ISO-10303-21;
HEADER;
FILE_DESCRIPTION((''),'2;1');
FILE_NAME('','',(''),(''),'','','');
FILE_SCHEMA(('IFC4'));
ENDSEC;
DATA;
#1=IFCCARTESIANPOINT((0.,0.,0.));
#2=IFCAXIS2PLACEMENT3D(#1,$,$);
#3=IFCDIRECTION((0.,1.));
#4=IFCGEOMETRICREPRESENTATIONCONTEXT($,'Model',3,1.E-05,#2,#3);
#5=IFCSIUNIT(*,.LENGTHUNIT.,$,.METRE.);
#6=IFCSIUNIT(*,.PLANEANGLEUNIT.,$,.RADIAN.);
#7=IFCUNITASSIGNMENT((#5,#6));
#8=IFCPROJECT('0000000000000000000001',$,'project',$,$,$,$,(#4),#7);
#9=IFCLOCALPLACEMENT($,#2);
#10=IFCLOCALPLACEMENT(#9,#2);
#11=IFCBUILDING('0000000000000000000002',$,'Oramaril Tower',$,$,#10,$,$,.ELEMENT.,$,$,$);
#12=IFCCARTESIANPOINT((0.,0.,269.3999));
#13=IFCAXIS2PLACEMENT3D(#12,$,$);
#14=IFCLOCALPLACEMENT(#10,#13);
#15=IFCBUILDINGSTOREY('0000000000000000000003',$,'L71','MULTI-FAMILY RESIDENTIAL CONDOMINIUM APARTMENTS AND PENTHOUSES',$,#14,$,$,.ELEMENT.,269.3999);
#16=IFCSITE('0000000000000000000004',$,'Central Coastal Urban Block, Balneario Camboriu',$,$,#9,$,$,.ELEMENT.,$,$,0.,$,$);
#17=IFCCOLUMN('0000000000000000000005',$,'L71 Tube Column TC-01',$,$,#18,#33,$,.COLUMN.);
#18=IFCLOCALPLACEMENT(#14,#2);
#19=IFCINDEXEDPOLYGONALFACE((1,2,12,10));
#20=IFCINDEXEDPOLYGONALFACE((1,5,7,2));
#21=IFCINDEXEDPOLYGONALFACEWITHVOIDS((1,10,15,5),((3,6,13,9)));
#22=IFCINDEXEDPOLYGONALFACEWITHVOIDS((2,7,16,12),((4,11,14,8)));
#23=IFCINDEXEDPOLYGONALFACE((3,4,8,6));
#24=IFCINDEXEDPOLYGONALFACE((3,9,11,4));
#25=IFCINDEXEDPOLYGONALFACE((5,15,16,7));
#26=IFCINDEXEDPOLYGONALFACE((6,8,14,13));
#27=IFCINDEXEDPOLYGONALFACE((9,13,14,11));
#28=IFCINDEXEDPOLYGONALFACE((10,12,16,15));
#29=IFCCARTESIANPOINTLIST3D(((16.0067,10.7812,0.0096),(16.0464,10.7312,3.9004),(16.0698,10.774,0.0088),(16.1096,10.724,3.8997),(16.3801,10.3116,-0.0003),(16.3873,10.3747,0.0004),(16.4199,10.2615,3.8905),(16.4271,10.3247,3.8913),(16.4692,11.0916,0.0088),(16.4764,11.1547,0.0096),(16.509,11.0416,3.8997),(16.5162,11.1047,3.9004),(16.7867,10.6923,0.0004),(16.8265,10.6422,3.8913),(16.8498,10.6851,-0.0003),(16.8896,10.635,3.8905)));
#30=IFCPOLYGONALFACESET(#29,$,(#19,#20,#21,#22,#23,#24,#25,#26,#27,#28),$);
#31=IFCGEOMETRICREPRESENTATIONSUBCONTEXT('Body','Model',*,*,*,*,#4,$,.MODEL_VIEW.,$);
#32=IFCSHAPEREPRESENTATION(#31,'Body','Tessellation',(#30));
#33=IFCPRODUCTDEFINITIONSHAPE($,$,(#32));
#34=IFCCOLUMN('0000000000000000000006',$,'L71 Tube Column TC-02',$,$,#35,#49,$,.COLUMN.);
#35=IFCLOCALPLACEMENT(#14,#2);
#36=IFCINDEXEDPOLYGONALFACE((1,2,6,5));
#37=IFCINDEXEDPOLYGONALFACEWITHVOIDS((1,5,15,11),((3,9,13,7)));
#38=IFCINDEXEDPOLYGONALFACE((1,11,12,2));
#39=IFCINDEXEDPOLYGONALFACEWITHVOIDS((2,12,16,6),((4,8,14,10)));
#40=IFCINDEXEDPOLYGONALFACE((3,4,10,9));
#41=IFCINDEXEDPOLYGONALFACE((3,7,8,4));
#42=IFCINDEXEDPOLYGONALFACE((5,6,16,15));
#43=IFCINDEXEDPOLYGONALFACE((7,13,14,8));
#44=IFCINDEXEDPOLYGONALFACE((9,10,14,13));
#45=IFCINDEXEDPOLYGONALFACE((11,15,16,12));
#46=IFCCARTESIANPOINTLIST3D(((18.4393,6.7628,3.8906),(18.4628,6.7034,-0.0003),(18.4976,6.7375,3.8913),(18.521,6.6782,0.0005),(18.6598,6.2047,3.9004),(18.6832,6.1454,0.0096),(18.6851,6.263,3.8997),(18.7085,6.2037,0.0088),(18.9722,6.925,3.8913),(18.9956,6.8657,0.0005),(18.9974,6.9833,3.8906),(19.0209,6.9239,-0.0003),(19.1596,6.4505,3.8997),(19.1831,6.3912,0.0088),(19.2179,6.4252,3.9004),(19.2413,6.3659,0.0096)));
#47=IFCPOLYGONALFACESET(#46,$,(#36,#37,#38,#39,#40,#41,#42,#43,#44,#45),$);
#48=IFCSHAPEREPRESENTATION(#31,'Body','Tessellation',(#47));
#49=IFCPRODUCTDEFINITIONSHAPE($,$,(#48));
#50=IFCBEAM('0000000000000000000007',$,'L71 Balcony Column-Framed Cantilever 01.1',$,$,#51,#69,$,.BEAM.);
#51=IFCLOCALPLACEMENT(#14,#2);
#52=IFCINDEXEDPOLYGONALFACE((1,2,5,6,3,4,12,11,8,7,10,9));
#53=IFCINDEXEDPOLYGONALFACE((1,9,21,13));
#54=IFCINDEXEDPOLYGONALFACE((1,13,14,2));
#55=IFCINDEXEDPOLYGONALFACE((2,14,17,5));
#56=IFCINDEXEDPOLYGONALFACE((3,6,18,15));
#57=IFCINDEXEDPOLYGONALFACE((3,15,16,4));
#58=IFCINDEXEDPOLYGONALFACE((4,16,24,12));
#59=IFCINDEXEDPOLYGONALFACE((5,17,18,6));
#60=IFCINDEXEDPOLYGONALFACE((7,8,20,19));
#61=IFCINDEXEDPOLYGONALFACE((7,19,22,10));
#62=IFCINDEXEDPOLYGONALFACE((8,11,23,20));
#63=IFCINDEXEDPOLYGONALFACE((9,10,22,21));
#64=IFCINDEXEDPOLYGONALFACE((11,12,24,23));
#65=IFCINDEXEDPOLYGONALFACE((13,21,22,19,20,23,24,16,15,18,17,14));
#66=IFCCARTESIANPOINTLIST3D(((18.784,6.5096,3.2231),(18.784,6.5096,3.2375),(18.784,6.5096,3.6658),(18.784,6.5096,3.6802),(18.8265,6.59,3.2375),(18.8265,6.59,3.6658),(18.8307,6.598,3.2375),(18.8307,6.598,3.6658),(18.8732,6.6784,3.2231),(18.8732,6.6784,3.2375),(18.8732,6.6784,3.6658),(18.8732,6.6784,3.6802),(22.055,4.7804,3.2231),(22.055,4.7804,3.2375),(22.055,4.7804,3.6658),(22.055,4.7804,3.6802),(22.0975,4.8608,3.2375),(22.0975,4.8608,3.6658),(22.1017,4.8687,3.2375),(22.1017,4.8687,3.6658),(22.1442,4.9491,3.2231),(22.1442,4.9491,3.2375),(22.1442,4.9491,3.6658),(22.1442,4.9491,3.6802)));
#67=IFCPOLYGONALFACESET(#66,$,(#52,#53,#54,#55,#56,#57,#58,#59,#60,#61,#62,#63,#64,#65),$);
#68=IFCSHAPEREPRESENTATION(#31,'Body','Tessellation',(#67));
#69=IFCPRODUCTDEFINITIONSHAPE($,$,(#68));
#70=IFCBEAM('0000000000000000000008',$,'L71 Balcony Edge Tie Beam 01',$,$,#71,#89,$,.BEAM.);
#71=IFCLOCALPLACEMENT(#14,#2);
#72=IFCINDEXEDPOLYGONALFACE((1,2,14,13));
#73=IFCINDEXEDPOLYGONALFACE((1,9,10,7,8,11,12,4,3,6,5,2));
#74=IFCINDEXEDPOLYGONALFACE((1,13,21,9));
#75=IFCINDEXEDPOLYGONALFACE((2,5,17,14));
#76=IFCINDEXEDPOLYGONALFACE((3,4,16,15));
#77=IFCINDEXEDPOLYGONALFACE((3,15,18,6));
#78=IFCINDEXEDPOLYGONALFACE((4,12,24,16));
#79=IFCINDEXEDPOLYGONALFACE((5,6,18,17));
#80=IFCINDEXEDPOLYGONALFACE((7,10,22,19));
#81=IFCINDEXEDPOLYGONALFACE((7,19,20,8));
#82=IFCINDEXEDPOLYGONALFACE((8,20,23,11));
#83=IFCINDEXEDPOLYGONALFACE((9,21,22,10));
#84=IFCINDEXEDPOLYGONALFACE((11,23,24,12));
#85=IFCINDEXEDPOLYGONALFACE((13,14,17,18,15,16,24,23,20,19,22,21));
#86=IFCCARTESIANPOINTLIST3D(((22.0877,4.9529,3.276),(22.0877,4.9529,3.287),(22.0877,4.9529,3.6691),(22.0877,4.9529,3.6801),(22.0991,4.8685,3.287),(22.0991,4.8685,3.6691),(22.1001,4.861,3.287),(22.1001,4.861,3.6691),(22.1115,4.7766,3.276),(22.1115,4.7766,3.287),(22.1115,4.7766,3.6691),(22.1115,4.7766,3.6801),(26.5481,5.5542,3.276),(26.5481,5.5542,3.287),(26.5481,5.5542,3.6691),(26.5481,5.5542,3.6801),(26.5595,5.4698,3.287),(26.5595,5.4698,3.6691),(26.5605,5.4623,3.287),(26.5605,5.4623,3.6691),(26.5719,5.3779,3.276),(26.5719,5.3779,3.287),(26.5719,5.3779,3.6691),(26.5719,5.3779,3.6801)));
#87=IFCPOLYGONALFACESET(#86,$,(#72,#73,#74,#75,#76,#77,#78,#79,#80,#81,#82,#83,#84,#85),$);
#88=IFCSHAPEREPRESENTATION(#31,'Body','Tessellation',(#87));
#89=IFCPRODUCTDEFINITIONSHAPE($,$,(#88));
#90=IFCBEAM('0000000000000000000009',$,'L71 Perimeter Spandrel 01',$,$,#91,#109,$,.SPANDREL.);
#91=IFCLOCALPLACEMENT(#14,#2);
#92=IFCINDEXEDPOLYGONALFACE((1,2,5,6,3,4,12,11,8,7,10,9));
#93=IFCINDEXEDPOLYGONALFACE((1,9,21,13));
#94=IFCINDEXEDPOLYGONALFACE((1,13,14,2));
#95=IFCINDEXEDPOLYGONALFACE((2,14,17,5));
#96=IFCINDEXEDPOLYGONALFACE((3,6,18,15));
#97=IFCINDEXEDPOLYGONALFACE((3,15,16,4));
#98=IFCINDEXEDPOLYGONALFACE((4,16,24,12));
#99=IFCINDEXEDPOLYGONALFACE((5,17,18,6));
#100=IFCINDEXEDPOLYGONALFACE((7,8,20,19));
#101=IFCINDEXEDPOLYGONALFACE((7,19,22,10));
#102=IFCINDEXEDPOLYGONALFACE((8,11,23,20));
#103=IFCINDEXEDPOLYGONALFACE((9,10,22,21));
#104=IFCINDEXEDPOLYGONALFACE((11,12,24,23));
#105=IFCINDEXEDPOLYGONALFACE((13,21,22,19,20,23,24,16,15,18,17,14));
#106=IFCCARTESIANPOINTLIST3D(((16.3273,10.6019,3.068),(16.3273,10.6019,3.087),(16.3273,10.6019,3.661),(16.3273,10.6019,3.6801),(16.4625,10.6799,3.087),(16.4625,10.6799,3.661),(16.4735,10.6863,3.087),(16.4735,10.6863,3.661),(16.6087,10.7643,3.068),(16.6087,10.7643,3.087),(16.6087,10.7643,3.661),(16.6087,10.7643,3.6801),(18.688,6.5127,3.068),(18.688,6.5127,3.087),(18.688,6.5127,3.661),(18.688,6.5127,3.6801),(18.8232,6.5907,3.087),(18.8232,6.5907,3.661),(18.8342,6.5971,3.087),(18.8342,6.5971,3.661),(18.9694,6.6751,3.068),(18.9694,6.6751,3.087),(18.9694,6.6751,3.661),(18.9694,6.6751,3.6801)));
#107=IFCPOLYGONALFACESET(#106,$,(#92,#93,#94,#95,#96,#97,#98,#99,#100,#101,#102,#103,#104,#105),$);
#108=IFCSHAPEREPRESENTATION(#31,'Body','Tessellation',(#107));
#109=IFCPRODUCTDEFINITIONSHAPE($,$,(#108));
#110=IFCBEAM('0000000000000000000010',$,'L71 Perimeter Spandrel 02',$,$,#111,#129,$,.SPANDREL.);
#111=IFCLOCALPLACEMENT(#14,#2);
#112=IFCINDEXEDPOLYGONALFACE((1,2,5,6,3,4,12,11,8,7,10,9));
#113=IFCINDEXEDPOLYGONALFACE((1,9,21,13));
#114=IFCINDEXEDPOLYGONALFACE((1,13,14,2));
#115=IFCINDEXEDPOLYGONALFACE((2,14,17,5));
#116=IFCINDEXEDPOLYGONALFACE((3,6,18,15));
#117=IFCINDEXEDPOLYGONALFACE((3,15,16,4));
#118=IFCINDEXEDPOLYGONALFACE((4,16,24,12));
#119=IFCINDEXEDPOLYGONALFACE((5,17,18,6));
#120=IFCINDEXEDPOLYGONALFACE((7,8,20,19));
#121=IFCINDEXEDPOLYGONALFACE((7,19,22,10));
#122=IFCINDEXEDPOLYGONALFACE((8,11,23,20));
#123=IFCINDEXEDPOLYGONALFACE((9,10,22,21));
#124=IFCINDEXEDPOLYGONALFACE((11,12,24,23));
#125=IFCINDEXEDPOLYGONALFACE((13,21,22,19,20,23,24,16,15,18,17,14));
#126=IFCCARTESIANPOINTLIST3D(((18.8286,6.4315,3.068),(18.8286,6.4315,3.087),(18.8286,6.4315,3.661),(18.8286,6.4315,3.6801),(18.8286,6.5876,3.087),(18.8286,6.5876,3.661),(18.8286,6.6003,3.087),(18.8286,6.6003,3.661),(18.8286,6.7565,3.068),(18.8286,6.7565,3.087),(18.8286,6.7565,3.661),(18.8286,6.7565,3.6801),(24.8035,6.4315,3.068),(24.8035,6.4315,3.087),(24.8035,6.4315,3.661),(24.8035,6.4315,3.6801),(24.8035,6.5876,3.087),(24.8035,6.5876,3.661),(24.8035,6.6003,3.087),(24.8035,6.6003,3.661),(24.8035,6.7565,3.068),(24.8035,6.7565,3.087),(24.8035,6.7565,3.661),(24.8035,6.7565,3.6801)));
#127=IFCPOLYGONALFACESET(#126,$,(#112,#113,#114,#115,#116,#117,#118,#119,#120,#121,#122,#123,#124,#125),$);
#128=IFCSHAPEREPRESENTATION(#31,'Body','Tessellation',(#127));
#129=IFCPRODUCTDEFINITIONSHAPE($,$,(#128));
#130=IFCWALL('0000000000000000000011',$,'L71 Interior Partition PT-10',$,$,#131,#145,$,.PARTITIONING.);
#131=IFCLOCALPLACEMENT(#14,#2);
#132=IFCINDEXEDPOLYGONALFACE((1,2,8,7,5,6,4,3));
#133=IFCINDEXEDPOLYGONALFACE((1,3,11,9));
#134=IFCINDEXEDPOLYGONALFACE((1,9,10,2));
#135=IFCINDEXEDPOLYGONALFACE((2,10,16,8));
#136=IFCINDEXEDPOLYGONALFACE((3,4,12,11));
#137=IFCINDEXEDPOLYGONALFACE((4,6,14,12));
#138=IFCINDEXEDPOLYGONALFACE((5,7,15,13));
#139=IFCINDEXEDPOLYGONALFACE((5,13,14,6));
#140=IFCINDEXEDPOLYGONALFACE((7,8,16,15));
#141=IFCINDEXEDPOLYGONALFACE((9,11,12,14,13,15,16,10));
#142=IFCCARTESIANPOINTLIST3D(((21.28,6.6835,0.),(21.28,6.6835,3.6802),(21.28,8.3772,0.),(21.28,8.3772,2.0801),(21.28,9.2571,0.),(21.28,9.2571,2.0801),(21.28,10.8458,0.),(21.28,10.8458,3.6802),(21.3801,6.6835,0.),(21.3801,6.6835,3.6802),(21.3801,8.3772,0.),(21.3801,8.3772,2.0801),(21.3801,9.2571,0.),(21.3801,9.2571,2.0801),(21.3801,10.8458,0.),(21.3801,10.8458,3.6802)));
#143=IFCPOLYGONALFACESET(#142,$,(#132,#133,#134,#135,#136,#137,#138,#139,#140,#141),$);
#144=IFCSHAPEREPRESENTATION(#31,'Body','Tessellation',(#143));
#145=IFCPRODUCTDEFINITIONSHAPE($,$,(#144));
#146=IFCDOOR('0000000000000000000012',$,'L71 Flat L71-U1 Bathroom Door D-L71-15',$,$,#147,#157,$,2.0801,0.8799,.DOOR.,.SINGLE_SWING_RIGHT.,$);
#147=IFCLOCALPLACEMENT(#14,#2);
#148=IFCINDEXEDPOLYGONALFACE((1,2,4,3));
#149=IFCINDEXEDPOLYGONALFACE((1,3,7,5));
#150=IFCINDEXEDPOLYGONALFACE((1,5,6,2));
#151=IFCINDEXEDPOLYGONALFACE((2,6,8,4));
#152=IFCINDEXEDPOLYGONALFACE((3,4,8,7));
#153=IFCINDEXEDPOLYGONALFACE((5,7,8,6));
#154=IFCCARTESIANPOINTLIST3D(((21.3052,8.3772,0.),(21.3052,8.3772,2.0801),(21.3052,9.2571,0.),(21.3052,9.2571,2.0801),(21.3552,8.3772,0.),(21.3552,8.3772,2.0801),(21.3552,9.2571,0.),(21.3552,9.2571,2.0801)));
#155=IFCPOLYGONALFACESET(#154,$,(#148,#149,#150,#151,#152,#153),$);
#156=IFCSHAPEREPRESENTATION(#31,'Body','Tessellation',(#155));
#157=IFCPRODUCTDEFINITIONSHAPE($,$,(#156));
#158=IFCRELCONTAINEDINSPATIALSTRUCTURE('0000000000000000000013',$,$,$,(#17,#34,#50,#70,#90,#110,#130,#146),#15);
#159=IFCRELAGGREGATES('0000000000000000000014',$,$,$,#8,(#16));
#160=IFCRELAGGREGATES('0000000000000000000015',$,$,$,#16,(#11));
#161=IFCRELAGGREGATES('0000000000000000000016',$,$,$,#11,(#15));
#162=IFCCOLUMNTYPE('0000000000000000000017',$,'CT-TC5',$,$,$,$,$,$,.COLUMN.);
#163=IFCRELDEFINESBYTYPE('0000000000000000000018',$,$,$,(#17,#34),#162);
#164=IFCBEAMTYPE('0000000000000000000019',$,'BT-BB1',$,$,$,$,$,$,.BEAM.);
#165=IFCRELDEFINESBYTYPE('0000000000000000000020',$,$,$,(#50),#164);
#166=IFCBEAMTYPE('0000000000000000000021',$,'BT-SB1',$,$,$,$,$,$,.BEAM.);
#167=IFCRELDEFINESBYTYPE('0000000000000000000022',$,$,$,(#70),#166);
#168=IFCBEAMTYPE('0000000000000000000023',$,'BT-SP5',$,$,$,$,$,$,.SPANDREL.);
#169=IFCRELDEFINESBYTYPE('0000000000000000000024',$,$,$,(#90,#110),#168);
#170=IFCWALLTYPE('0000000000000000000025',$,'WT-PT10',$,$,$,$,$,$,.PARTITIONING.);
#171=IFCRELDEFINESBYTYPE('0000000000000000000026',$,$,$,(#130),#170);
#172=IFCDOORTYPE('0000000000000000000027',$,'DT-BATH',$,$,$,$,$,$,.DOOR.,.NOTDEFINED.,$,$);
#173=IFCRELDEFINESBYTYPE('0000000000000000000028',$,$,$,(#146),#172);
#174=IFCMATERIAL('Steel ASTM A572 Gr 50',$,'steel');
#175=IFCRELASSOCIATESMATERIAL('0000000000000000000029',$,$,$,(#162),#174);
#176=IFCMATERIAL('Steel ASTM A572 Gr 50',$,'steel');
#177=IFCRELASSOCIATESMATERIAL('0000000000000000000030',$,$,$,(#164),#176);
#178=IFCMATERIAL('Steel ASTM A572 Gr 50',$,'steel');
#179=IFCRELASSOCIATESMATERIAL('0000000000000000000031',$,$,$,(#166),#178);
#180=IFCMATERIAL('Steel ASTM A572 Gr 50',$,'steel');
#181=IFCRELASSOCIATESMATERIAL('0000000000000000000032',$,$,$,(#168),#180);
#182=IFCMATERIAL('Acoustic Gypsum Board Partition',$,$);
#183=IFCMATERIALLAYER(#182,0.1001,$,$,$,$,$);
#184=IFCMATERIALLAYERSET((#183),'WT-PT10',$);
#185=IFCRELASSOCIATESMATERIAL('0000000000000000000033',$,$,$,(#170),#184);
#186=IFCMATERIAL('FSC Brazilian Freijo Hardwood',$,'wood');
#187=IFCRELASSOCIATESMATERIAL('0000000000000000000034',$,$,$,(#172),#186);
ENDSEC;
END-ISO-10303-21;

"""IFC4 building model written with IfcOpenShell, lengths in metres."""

from ifc_helpers import new_model, si_unit, direction, frame, frame_2d, origin, origin_2d, place, context, subcontext, project, spatial, rectangle, hollow_rectangle, i_section, extrude, material, layer, layer_set, material_profile, profile_set, type_object, element, fill, save


model = new_model("IFC4")

# Units and contexts
model_context = context("Model", 3, precision=1e-05, world=origin(), true_north=direction((0.0, 1.0)))
body_context = subcontext(model_context, "Body", "Model", "MODEL_VIEW")
ifc_project = project(units=[si_unit("LENGTHUNIT", "METRE"), si_unit("PLANEANGLEUNIT", "RADIAN")], contexts=[model_context])

# Site, building, storey
site_placement = place(None, origin())
site = spatial("IfcSite", under=ifc_project, at=site_placement, Name="Central Coastal Urban Block, Balneario Camboriu", CompositionType="ELEMENT", RefElevation=0.0)
building_placement = place(site_placement, origin())
building = spatial("IfcBuilding", under=site, at=building_placement, Name="Oramaril Tower", CompositionType="ELEMENT")
storey_placement = place(building_placement, frame((0.0, 0.0, 269.3999)))
storey = spatial("IfcBuildingStorey", under=building, at=storey_placement, Name="L71", Description="MULTI-FAMILY RESIDENTIAL CONDOMINIUM APARTMENTS AND PENTHOUSES", CompositionType="ELEMENT", Elevation=269.3999)

# Columns
ifc_material_1 = material(Name="Steel ASTM A572 Gr 50", Category="steel")
ifc_material_profile_1 = material_profile(ifc_material_1, hollow_rectangle(XDim=0.6001, YDim=0.6001, WallThickness=0.0449, at=origin_2d()), Name="BOX600X600X45")
ifc_profile_set_1 = profile_set([ifc_material_profile_1], Name="Steel ASTM A572 Gr 50")
column_type = type_object("IfcColumnType", Name="CT-TC5", PredefinedType="COLUMN", material=ifc_profile_set_1)
for number, where, z_axis, x_axis, name in (
    (1, (16.4282, 10.7332, 0.0046), (0.010226, -0.012861, 0.999865), (0.782728, 0.622364, 0.0), "L71 Tube Column TC-01"),
    (2, (18.8521, 6.5347, 0.0046), (-0.006023, 0.015245, 0.999866), (-0.930052, -0.367428, 0.0), "L71 Tube Column TC-02"),
):
    element("IfcColumn", number, at=place(storey_placement, frame(where, z_axis=z_axis, x_axis=x_axis)), inside=storey, type_object=column_type, Name=name, PredefinedType="COLUMN", context=body_context, shape_type="SweptSolid", body=[
        extrude(hollow_rectangle(XDim=0.6001, YDim=0.6001, WallThickness=0.0449, at=origin_2d()), origin(), (0.0, 0.0, 1.0), 3.8914),
    ])

# Beams
ifc_material_2 = material(Name="Steel ASTM A572 Gr 50", Category="steel")
ifc_material_profile_2 = material_profile(ifc_material_2, i_section(OverallWidth=0.1909, OverallDepth=0.457, WebThickness=0.009, FlangeThickness=0.0144, at=origin_2d()), Name="W18X50")
ifc_profile_set_2 = profile_set([ifc_material_profile_2], Name="Steel ASTM A572 Gr 50")
beam_type_1 = type_object("IfcBeamType", Name="BT-BB1", PredefinedType="BEAM", material=ifc_profile_set_2)
beam_1_placement = place(storey_placement, frame((18.8286, 6.594, 3.4517), z_axis=(0.884062, -0.467369, 0.0), x_axis=(0.467369, 0.884062, 0.0)))
element("IfcBeam", 3, at=beam_1_placement, inside=storey, type_object=beam_type_1, Name="L71 Balcony Column-Framed Cantilever 01.1", PredefinedType="BEAM", context=body_context, shape_type="SweptSolid", body=[
    extrude(i_section(OverallWidth=0.1909, OverallDepth=0.457, WebThickness=0.009, FlangeThickness=0.0144, at=origin_2d()), origin(), (0.0, 0.0, 1.0), 3.7),
])
ifc_material_3 = material(Name="Steel ASTM A572 Gr 50", Category="steel")
ifc_material_profile_3 = material_profile(ifc_material_3, i_section(OverallWidth=0.178, OverallDepth=0.4041, WebThickness=0.0076, FlangeThickness=0.011, at=origin_2d()), Name="W16X36")
ifc_profile_set_3 = profile_set([ifc_material_profile_3], Name="Steel ASTM A572 Gr 50")
beam_type_2 = type_object("IfcBeamType", Name="BT-SB1", PredefinedType="BEAM", material=ifc_profile_set_3)
beam_2_placement = place(storey_placement, frame((22.0996, 4.8647, 3.478), z_axis=(0.991035, 0.133603, 0.0), x_axis=(-0.133603, 0.991035, 0.0)))
element("IfcBeam", 4, at=beam_2_placement, inside=storey, type_object=beam_type_2, Name="L71 Balcony Edge Tie Beam 01", PredefinedType="BEAM", context=body_context, shape_type="SweptSolid", body=[
    extrude(i_section(OverallWidth=0.178, OverallDepth=0.4041, WebThickness=0.0076, FlangeThickness=0.011, at=origin_2d()), origin(), (0.0, 0.0, 1.0), 4.5007),
])
ifc_material_4 = material(Name="Steel ASTM A572 Gr 50", Category="steel")
ifc_material_profile_4 = material_profile(ifc_material_4, i_section(OverallWidth=0.325, OverallDepth=0.6121, WebThickness=0.0127, FlangeThickness=0.019, at=origin_2d()), Name="W24X104")
ifc_profile_set_4 = profile_set([ifc_material_profile_4], Name="Steel ASTM A572 Gr 50")
beam_type_3 = type_object("IfcBeamType", Name="BT-SP5", PredefinedType="SPANDREL", material=ifc_profile_set_4)
beam_3_placement = place(storey_placement, frame((16.468, 10.6831, 3.374), z_axis=(0.49996, -0.866049, 0.0), x_axis=(0.866049, 0.49996, 0.0)))
element("IfcBeam", 5, at=beam_3_placement, inside=storey, type_object=beam_type_3, Name="L71 Perimeter Spandrel 01", PredefinedType="SPANDREL", context=body_context, shape_type="SweptSolid", body=[
    extrude(i_section(OverallWidth=0.325, OverallDepth=0.6121, WebThickness=0.0127, FlangeThickness=0.019, at=origin_2d()), origin(), (0.0, 0.0, 1.0), 4.7217),
])
beam_4_placement = place(storey_placement, frame((18.8286, 6.594, 3.374), z_axis=(1.0, 0.0, 0.0), x_axis=(0.0, 1.0, 0.0)))
element("IfcBeam", 6, at=beam_4_placement, inside=storey, type_object=beam_type_3, Name="L71 Perimeter Spandrel 02", PredefinedType="SPANDREL", context=body_context, shape_type="SweptSolid", body=[
    extrude(i_section(OverallWidth=0.325, OverallDepth=0.6121, WebThickness=0.0127, FlangeThickness=0.019, at=origin_2d()), origin(), (0.0, 0.0, 1.0), 5.9749),
])

# Wall, opening, door
ifc_material_5 = material(Name="Acoustic Gypsum Board Partition")
ifc_layer_1 = layer(ifc_material_5, 0.1001)
ifc_layer_set_1 = layer_set([ifc_layer_1], Name="WT-PT10")
wall_type_1 = type_object("IfcWallType", Name="WT-PT10", PredefinedType="PARTITIONING", material=ifc_layer_set_1)
wall_1_placement = place(storey_placement, frame((21.3301, 6.6836, 0.0), z_axis=(0.0, 0.0, 1.0), x_axis=(0.0, 1.0, 0.0)))
wall_1 = element("IfcWall", 7, at=wall_1_placement, inside=storey, type_object=wall_type_1, Name="L71 Interior Partition PT-10", PredefinedType="PARTITIONING", context=body_context, shape_type="SweptSolid", body=[
    extrude(rectangle(XDim=4.1624, YDim=0.1001, at=frame_2d((2.0811, 0.0))), origin(), (0.0, 0.0, 1.0), 3.6802),
])
opening_1_placement = place(wall_1_placement, frame((1.6936, 0.0, 0.0)))
opening_1 = element("IfcOpeningElement", 8, at=opening_1_placement, cuts=wall_1, PredefinedType="OPENING", context=body_context, shape_type="SweptSolid", body=[
    extrude(rectangle(XDim=0.8799, YDim=2.0801, at=frame_2d((0.4399, 1.04))), frame((0.0, 0.05, 0.0), z_axis=(0.0, -1.0, 0.0), x_axis=(1.0, 0.0, 0.0)), (0.0, 0.0, 1.0), 0.1001),
])
ifc_material_6 = material(Name="FSC Brazilian Freijo Hardwood", Category="wood")
door_type_1 = type_object("IfcDoorType", Name="DT-BATH", OperationType="NOTDEFINED", PredefinedType="DOOR", material=ifc_material_6)
door_1_placement = place(opening_1_placement, origin())
door_1 = element("IfcDoor", 9, at=door_1_placement, inside=storey, type_object=door_type_1, Name="L71 Flat L71-U1 Bathroom Door D-L71-15", OperationType="SINGLE_SWING_RIGHT", OverallHeight=2.0801, OverallWidth=0.8799, PredefinedType="DOOR", context=body_context, shape_type="SweptSolid", body=[
    extrude(rectangle(XDim=0.8799, YDim=2.0801, at=frame_2d((0.4399, 1.04))), frame((0.0, 0.0249, 0.0), z_axis=(0.0, -1.0, 0.0), x_axis=(1.0, 0.0, 0.0)), (0.0, 0.0, 1.0), 0.05),
])
fill(opening_1, door_1)

save(model, "model.ifc")
